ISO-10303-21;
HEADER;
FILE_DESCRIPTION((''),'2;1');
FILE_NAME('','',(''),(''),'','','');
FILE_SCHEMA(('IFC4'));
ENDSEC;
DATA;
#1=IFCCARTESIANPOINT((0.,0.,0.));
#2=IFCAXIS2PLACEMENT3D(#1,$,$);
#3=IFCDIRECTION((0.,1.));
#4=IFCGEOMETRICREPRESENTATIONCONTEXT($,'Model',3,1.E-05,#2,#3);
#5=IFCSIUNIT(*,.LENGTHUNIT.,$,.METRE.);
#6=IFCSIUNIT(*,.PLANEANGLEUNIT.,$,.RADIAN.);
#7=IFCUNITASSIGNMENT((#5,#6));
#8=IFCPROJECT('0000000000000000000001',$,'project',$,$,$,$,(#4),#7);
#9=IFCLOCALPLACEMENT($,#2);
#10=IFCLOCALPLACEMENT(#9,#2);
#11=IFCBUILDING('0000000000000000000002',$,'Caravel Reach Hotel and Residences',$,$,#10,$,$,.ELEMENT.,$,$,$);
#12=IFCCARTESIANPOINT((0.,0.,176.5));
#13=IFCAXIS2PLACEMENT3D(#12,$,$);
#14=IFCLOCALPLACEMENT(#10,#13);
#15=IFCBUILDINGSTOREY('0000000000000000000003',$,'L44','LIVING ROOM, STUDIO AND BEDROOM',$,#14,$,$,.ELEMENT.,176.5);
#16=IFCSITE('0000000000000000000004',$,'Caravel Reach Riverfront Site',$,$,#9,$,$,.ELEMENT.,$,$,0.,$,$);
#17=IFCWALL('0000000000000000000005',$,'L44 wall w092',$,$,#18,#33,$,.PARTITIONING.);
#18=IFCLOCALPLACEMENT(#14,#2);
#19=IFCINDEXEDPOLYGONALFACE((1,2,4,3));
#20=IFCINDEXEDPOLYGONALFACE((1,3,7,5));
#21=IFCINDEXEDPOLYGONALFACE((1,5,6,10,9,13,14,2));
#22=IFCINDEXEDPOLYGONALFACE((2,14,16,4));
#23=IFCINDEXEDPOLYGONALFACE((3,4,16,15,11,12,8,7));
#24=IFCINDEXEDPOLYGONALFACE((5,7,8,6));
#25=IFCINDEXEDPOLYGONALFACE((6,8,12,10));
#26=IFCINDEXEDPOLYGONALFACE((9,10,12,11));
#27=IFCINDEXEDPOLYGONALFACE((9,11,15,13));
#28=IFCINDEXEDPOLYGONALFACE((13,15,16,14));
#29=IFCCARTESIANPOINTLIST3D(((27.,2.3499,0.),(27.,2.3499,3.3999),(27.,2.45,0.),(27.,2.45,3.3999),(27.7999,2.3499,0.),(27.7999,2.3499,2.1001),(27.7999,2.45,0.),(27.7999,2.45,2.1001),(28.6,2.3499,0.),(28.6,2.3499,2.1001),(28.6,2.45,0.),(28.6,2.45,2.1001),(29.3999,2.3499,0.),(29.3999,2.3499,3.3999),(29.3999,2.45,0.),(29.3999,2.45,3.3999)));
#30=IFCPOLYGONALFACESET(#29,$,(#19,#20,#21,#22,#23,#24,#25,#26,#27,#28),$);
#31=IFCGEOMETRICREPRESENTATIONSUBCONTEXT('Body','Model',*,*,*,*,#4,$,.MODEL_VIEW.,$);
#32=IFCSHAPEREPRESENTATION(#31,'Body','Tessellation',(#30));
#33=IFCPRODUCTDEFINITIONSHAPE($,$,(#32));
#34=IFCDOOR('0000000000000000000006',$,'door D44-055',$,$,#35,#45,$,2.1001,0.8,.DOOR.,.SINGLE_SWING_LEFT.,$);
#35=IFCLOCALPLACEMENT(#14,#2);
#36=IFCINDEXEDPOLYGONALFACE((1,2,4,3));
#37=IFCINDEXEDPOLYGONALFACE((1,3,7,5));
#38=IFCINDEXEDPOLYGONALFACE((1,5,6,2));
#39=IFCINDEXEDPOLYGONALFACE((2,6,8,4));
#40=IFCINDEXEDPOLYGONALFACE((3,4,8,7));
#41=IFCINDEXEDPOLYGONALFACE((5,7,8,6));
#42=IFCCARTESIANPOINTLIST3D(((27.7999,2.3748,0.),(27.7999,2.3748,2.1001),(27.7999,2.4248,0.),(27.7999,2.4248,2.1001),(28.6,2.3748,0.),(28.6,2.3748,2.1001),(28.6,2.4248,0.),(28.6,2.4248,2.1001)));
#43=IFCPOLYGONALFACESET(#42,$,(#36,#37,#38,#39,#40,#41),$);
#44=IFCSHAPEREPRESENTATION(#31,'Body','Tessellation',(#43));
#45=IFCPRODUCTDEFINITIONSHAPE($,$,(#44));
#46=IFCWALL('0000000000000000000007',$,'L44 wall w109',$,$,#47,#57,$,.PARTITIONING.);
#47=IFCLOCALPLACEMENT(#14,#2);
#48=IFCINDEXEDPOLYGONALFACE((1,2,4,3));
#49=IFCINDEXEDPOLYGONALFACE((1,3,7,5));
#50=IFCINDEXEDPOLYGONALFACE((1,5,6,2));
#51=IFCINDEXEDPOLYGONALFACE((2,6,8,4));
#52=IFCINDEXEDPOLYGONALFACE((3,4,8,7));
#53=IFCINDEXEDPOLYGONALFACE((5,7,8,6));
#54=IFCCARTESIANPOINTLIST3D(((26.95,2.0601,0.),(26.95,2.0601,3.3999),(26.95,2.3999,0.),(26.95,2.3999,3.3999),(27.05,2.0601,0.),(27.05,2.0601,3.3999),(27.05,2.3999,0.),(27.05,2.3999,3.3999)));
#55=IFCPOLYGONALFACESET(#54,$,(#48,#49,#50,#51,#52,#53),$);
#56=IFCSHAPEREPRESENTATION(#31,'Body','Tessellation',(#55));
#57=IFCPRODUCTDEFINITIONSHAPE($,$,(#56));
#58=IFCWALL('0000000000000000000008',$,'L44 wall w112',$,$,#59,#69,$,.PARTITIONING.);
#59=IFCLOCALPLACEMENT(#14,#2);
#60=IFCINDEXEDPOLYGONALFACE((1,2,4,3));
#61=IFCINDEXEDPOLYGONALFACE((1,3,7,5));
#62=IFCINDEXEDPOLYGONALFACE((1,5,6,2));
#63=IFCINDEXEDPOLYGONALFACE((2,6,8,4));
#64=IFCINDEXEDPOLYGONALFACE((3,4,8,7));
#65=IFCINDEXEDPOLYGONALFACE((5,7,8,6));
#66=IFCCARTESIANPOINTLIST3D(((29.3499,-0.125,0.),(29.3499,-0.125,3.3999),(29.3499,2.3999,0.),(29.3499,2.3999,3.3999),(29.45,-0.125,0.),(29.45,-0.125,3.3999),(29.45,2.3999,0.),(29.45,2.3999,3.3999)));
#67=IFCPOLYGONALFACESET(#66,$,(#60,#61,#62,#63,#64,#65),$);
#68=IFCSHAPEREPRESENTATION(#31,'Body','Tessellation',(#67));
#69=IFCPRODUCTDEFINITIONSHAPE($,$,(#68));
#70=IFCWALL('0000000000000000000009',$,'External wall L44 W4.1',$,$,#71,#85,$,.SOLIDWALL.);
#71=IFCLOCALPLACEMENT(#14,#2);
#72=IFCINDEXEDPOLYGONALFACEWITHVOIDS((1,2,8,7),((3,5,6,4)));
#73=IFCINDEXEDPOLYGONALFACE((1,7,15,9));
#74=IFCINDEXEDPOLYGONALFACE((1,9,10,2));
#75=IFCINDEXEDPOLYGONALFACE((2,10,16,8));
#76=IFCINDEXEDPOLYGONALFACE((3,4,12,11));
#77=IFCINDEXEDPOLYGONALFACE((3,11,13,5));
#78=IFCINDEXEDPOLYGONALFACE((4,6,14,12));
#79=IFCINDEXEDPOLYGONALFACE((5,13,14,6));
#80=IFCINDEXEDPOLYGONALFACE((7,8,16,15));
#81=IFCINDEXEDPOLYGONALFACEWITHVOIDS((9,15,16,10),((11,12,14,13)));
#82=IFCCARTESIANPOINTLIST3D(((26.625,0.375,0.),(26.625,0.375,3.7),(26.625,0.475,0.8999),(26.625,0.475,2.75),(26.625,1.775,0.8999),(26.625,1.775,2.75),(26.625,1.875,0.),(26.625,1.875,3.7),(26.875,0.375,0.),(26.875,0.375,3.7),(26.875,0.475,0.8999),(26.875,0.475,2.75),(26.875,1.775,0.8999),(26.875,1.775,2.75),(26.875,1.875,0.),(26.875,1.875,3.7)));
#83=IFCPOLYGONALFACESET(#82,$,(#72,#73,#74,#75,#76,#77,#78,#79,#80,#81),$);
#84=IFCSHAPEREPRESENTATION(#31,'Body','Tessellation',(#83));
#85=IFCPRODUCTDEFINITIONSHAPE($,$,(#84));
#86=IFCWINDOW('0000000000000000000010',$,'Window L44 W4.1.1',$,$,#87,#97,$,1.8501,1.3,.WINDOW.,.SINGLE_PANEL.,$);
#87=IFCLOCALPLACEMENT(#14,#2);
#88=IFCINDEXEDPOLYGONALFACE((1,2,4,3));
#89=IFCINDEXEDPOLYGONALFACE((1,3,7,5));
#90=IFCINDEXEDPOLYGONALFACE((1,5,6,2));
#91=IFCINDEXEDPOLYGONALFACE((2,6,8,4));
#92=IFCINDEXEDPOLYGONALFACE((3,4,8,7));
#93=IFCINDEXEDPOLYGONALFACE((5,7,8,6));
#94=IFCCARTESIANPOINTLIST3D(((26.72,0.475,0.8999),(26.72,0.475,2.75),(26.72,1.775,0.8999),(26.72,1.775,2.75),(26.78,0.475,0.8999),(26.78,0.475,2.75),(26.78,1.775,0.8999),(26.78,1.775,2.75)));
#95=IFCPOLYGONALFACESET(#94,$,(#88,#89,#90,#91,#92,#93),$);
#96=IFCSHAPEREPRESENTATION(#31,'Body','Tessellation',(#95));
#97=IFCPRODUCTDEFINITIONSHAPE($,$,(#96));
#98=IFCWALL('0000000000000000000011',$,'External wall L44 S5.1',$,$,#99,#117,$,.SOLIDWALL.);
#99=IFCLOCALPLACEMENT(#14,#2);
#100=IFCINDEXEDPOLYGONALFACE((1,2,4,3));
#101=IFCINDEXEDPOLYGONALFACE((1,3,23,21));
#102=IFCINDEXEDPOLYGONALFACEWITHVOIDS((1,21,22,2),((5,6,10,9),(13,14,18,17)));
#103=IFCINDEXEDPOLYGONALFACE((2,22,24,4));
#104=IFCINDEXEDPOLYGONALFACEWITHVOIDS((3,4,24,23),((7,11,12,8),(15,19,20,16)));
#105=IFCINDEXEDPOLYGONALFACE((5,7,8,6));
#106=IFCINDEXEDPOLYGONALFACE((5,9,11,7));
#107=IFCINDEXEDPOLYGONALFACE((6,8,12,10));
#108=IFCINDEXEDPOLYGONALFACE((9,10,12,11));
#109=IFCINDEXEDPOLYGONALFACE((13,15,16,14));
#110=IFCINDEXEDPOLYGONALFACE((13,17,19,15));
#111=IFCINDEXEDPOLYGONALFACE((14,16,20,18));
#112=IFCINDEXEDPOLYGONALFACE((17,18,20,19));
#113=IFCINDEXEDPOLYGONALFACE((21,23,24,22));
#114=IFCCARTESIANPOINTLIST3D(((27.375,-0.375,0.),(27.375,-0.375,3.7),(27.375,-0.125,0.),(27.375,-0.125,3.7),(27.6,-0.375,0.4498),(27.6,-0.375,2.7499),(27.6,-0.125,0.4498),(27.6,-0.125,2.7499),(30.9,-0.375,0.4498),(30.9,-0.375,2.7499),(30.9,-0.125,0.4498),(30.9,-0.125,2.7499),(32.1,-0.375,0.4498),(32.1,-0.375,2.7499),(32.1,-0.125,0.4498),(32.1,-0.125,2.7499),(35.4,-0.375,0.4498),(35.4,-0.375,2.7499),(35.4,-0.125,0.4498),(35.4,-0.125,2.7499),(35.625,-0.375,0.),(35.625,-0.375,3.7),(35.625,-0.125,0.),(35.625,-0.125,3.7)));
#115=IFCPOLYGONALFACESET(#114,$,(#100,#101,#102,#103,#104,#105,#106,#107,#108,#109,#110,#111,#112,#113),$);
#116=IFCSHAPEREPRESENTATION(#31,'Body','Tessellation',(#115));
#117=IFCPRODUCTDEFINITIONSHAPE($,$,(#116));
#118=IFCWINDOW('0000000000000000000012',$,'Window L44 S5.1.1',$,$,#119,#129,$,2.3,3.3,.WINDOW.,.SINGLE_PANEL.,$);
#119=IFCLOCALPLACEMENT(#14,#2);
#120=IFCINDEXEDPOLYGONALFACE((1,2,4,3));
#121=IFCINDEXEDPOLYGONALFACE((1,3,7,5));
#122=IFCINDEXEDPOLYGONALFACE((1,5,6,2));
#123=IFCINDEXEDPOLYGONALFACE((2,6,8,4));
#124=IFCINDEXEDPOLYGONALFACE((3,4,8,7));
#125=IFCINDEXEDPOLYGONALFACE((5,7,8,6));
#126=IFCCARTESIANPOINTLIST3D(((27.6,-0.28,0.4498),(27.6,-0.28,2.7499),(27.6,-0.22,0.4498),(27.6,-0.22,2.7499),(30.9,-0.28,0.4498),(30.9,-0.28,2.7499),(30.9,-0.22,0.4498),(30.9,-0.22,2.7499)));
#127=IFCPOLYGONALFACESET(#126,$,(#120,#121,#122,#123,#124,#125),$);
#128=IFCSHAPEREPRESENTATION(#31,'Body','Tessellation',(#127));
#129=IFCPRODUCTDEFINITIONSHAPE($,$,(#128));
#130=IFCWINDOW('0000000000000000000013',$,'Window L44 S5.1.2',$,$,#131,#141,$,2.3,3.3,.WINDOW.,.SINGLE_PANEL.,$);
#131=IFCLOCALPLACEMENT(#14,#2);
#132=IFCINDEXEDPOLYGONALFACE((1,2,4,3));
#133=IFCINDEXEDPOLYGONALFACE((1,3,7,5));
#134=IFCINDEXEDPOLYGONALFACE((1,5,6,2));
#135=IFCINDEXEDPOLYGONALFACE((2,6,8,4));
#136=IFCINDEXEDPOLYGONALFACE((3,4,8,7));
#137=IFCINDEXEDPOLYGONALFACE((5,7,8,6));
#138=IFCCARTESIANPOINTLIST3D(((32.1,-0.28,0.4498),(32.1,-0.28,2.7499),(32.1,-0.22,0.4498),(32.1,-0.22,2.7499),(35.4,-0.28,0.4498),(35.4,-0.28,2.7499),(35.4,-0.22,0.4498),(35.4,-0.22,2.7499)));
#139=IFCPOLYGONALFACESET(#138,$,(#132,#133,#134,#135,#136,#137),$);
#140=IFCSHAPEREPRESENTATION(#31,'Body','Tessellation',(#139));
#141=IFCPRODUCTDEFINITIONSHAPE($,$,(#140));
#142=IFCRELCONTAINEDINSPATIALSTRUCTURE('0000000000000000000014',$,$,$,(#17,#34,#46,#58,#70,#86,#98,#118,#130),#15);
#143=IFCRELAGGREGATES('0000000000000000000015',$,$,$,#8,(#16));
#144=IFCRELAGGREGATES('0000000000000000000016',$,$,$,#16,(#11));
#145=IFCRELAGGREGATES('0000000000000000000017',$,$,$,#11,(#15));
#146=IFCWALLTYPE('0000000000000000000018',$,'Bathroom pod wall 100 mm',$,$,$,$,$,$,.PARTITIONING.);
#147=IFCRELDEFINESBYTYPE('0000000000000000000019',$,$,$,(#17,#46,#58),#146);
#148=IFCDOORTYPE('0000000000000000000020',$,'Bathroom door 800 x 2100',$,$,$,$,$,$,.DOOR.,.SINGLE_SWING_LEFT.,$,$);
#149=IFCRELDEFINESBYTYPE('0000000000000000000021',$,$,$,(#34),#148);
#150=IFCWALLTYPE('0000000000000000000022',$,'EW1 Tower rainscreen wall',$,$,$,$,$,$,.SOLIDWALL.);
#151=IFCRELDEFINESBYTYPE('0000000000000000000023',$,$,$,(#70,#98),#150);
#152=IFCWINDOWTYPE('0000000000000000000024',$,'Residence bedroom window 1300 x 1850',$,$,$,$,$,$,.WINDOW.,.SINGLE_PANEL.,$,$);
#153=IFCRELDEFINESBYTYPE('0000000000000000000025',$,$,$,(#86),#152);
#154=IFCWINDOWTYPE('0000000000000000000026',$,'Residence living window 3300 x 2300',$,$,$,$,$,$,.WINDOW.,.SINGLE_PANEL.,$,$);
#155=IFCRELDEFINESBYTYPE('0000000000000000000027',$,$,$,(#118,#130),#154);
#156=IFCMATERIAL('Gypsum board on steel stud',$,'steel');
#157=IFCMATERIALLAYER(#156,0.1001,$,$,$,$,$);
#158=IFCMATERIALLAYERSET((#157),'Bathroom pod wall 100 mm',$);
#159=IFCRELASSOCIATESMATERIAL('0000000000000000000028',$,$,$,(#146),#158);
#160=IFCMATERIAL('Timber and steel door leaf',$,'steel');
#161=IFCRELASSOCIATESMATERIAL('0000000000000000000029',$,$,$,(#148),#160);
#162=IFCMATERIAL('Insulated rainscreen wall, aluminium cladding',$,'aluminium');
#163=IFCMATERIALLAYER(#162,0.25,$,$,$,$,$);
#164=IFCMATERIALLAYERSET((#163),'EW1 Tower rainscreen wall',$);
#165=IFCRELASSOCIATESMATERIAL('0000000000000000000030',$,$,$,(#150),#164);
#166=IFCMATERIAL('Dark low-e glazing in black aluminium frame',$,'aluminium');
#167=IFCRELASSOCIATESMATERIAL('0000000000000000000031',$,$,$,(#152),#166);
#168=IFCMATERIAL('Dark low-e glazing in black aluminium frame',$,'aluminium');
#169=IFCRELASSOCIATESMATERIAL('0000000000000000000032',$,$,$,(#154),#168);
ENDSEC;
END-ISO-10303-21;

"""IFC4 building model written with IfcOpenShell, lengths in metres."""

from ifc_helpers import new_model, si_unit, direction, frame, frame_2d, origin, place, context, subcontext, project, spatial, rectangle, extrude, material, layer, layer_set, type_object, element, fill, save


model = new_model("IFC4")

# Units and contexts
model_context = context("Model", 3, precision=1e-05, world=origin(), true_north=direction((0.0, 1.0)))
body_context = subcontext(model_context, "Body", "Model", "MODEL_VIEW")
ifc_project = project(units=[si_unit("LENGTHUNIT", "METRE"), si_unit("PLANEANGLEUNIT", "RADIAN")], contexts=[model_context])

# Site, building, storey
site_placement = place(None, origin())
site = spatial("IfcSite", under=ifc_project, at=site_placement, Name="Caravel Reach Riverfront Site", CompositionType="ELEMENT", RefElevation=0.0)
building_placement = place(site_placement, origin())
building = spatial("IfcBuilding", under=site, at=building_placement, Name="Caravel Reach Hotel and Residences", CompositionType="ELEMENT")
storey_placement = place(building_placement, frame((0.0, 0.0, 176.5)))
storey = spatial("IfcBuildingStorey", under=building, at=storey_placement, Name="L44", Description="LIVING ROOM, STUDIO AND BEDROOM", CompositionType="ELEMENT", Elevation=176.5)

# Wall, opening, door
ifc_material_1 = material(Name="Gypsum board on steel stud", Category="steel")
ifc_layer_1 = layer(ifc_material_1, 0.1001)
ifc_layer_set_1 = layer_set([ifc_layer_1], Name="Bathroom pod wall 100 mm")
wall_type_1 = type_object("IfcWallType", Name="Bathroom pod wall 100 mm", PredefinedType="PARTITIONING", material=ifc_layer_set_1)
wall_1_placement = place(storey_placement, frame((27.0, 2.3999, 0.0), z_axis=(0.0, 0.0, 1.0), x_axis=(1.0, 0.0, 0.0)))
wall_1 = element("IfcWall", 1, at=wall_1_placement, inside=storey, type_object=wall_type_1, Name="L44 wall w092", PredefinedType="PARTITIONING", context=body_context, shape_type="SweptSolid", body=[
    extrude(rectangle(XDim=2.3999, YDim=0.1001, at=frame_2d((1.2, 0.0))), origin(), (0.0, 0.0, 1.0), 3.3999),
])
opening_1_placement = place(wall_1_placement, frame((0.8, 0.0, 0.0)))
opening_1 = element("IfcOpeningElement", 2, at=opening_1_placement, cuts=wall_1, PredefinedType="OPENING", context=body_context, shape_type="SweptSolid", body=[
    extrude(rectangle(XDim=0.8, YDim=2.1001, at=frame_2d((0.3999, 1.05))), frame((0.0, 0.0601, 0.0), z_axis=(0.0, -1.0, 0.0), x_axis=(1.0, 0.0, 0.0)), (0.0, 0.0, 1.0), 0.1201),
])
ifc_material_2 = material(Name="Timber and steel door leaf", Category="steel")
door_type_1 = type_object("IfcDoorType", Name="Bathroom door 800 x 2100", OperationType="SINGLE_SWING_LEFT", PredefinedType="DOOR", material=ifc_material_2)
door_1_placement = place(opening_1_placement, origin())
door_1 = element("IfcDoor", 3, at=door_1_placement, inside=storey, type_object=door_type_1, Name="door D44-055", OperationType="SINGLE_SWING_LEFT", OverallHeight=2.1001, OverallWidth=0.8, PredefinedType="DOOR", context=body_context, shape_type="SweptSolid", body=[
    extrude(rectangle(XDim=0.8, YDim=2.1001, at=frame_2d((0.3999, 1.05))), frame((0.0, 0.0249, 0.0), z_axis=(0.0, -1.0, 0.0), x_axis=(1.0, 0.0, 0.0)), (0.0, 0.0, 1.0), 0.05),
])
fill(opening_1, door_1)

# Walls
wall_2_placement = place(storey_placement, frame((27.0, 2.0601, 0.0), z_axis=(0.0, 0.0, 1.0), x_axis=(0.0, 1.0, 0.0)))
element("IfcWall", 4, at=wall_2_placement, inside=storey, type_object=wall_type_1, Name="L44 wall w109", PredefinedType="PARTITIONING", context=body_context, shape_type="SweptSolid", body=[
    extrude(rectangle(XDim=0.3398, YDim=0.1001, at=frame_2d((0.1699, 0.0))), origin(), (0.0, 0.0, 1.0), 3.3999),
])
wall_3_placement = place(storey_placement, frame((29.3999, -0.125, 0.0), z_axis=(0.0, 0.0, 1.0), x_axis=(0.0, 1.0, 0.0)))
element("IfcWall", 5, at=wall_3_placement, inside=storey, type_object=wall_type_1, Name="L44 wall w112", PredefinedType="PARTITIONING", context=body_context, shape_type="SweptSolid", body=[
    extrude(rectangle(XDim=2.5249, YDim=0.1001, at=frame_2d((1.2625, 0.0))), origin(), (0.0, 0.0, 1.0), 3.3999),
])

# Wall, opening, window
ifc_material_3 = material(Name="Insulated rainscreen wall, aluminium cladding", Category="aluminium")
ifc_layer_2 = layer(ifc_material_3, 0.25)
ifc_layer_set_2 = layer_set([ifc_layer_2], Name="EW1 Tower rainscreen wall")
wall_type_2 = type_object("IfcWallType", Name="EW1 Tower rainscreen wall", PredefinedType="SOLIDWALL", material=ifc_layer_set_2)
wall_4_placement = place(storey_placement, frame((26.75, 1.875, 0.0), z_axis=(0.0, 0.0, 1.0), x_axis=(0.0, -1.0, 0.0)))
wall_4 = element("IfcWall", 6, at=wall_4_placement, inside=storey, type_object=wall_type_2, Name="External wall L44 W4.1", PredefinedType="SOLIDWALL", context=body_context, shape_type="SweptSolid", body=[
    extrude(rectangle(XDim=1.5, YDim=0.25, at=frame_2d((0.75, 0.0))), origin(), (0.0, 0.0, 1.0), 3.7),
])
opening_2_placement = place(wall_4_placement, frame((0.1001, 0.0, 0.8999)))
opening_2 = element("IfcOpeningElement", 7, at=opening_2_placement, cuts=wall_4, PredefinedType="OPENING", context=body_context, shape_type="SweptSolid", body=[
    extrude(rectangle(XDim=1.3, YDim=1.8501, at=frame_2d((0.6499, 0.925))), frame((0.0, 0.135, 0.0), z_axis=(0.0, -1.0, 0.0), x_axis=(1.0, 0.0, 0.0)), (0.0, 0.0, 1.0), 0.27),
])
ifc_material_4 = material(Name="Dark low-e glazing in black aluminium frame", Category="aluminium")
window_type_1 = type_object("IfcWindowType", Name="Residence bedroom window 1300 x 1850", PartitioningType="SINGLE_PANEL", PredefinedType="WINDOW", material=ifc_material_4)
window_1_placement = place(opening_2_placement, origin())
window_1 = element("IfcWindow", 8, at=window_1_placement, inside=storey, type_object=window_type_1, Name="Window L44 W4.1.1", OverallHeight=1.8501, OverallWidth=1.3, PartitioningType="SINGLE_PANEL", PredefinedType="WINDOW", context=body_context, shape_type="SweptSolid", body=[
    extrude(rectangle(XDim=1.3, YDim=1.8501, at=frame_2d((0.6499, 0.925))), frame((0.0, 0.03, 0.0), z_axis=(0.0, -1.0, 0.0), x_axis=(1.0, 0.0, 0.0)), (0.0, 0.0, 1.0), 0.0601),
])
fill(opening_2, window_1)

# Wall, openings, windows
wall_5_placement = place(storey_placement, frame((27.375, -0.25, 0.0), z_axis=(0.0, 0.0, 1.0), x_axis=(1.0, 0.0, 0.0)))
wall_5 = element("IfcWall", 9, at=wall_5_placement, inside=storey, type_object=wall_type_2, Name="External wall L44 S5.1", PredefinedType="SOLIDWALL", context=body_context, shape_type="SweptSolid", body=[
    extrude(rectangle(XDim=8.25, YDim=0.25, at=frame_2d((4.125, 0.0))), origin(), (0.0, 0.0, 1.0), 3.7),
])
opening_3_placement = place(wall_5_placement, frame((0.2251, 0.0, 0.45)))
opening_3 = element("IfcOpeningElement", 10, at=opening_3_placement, cuts=wall_5, PredefinedType="OPENING", context=body_context, shape_type="SweptSolid", body=[
    extrude(rectangle(XDim=3.3, YDim=2.3, at=frame_2d((1.6499, 1.1499))), frame((0.0, 0.135, 0.0), z_axis=(0.0, -1.0, 0.0), x_axis=(1.0, 0.0, 0.0)), (0.0, 0.0, 1.0), 0.27),
])
opening_4_placement = place(wall_5_placement, frame((4.7251, 0.0, 0.45)))
opening_4 = element("IfcOpeningElement", 11, at=opening_4_placement, cuts=wall_5, PredefinedType="OPENING", context=body_context, shape_type="SweptSolid", body=[
    extrude(rectangle(XDim=3.3, YDim=2.3, at=frame_2d((1.6499, 1.1499))), frame((0.0, 0.135, 0.0), z_axis=(0.0, -1.0, 0.0), x_axis=(1.0, 0.0, 0.0)), (0.0, 0.0, 1.0), 0.27),
])
ifc_material_5 = material(Name="Dark low-e glazing in black aluminium frame", Category="aluminium")
window_type_2 = type_object("IfcWindowType", Name="Residence living window 3300 x 2300", PartitioningType="SINGLE_PANEL", PredefinedType="WINDOW", material=ifc_material_5)
window_2_placement = place(opening_3_placement, origin())
window_2 = element("IfcWindow", 12, at=window_2_placement, inside=storey, type_object=window_type_2, Name="Window L44 S5.1.1", OverallHeight=2.3, OverallWidth=3.3, PartitioningType="SINGLE_PANEL", PredefinedType="WINDOW", context=body_context, shape_type="SweptSolid", body=[
    extrude(rectangle(XDim=3.3, YDim=2.3, at=frame_2d((1.6499, 1.1499))), frame((0.0, 0.03, 0.0), z_axis=(0.0, -1.0, 0.0), x_axis=(1.0, 0.0, 0.0)), (0.0, 0.0, 1.0), 0.0601),
])
fill(opening_3, window_2)
window_3_placement = place(opening_4_placement, origin())
window_3 = element("IfcWindow", 13, at=window_3_placement, inside=storey, type_object=window_type_2, Name="Window L44 S5.1.2", OverallHeight=2.3, OverallWidth=3.3, PartitioningType="SINGLE_PANEL", PredefinedType="WINDOW", context=body_context, shape_type="SweptSolid", body=[
    extrude(rectangle(XDim=3.3, YDim=2.3, at=frame_2d((1.6499, 1.1499))), frame((0.0, 0.03, 0.0), z_axis=(0.0, -1.0, 0.0), x_axis=(1.0, 0.0, 0.0)), (0.0, 0.0, 1.0), 0.0601),
])
fill(opening_4, window_3)

save(model, "model.ifc")
